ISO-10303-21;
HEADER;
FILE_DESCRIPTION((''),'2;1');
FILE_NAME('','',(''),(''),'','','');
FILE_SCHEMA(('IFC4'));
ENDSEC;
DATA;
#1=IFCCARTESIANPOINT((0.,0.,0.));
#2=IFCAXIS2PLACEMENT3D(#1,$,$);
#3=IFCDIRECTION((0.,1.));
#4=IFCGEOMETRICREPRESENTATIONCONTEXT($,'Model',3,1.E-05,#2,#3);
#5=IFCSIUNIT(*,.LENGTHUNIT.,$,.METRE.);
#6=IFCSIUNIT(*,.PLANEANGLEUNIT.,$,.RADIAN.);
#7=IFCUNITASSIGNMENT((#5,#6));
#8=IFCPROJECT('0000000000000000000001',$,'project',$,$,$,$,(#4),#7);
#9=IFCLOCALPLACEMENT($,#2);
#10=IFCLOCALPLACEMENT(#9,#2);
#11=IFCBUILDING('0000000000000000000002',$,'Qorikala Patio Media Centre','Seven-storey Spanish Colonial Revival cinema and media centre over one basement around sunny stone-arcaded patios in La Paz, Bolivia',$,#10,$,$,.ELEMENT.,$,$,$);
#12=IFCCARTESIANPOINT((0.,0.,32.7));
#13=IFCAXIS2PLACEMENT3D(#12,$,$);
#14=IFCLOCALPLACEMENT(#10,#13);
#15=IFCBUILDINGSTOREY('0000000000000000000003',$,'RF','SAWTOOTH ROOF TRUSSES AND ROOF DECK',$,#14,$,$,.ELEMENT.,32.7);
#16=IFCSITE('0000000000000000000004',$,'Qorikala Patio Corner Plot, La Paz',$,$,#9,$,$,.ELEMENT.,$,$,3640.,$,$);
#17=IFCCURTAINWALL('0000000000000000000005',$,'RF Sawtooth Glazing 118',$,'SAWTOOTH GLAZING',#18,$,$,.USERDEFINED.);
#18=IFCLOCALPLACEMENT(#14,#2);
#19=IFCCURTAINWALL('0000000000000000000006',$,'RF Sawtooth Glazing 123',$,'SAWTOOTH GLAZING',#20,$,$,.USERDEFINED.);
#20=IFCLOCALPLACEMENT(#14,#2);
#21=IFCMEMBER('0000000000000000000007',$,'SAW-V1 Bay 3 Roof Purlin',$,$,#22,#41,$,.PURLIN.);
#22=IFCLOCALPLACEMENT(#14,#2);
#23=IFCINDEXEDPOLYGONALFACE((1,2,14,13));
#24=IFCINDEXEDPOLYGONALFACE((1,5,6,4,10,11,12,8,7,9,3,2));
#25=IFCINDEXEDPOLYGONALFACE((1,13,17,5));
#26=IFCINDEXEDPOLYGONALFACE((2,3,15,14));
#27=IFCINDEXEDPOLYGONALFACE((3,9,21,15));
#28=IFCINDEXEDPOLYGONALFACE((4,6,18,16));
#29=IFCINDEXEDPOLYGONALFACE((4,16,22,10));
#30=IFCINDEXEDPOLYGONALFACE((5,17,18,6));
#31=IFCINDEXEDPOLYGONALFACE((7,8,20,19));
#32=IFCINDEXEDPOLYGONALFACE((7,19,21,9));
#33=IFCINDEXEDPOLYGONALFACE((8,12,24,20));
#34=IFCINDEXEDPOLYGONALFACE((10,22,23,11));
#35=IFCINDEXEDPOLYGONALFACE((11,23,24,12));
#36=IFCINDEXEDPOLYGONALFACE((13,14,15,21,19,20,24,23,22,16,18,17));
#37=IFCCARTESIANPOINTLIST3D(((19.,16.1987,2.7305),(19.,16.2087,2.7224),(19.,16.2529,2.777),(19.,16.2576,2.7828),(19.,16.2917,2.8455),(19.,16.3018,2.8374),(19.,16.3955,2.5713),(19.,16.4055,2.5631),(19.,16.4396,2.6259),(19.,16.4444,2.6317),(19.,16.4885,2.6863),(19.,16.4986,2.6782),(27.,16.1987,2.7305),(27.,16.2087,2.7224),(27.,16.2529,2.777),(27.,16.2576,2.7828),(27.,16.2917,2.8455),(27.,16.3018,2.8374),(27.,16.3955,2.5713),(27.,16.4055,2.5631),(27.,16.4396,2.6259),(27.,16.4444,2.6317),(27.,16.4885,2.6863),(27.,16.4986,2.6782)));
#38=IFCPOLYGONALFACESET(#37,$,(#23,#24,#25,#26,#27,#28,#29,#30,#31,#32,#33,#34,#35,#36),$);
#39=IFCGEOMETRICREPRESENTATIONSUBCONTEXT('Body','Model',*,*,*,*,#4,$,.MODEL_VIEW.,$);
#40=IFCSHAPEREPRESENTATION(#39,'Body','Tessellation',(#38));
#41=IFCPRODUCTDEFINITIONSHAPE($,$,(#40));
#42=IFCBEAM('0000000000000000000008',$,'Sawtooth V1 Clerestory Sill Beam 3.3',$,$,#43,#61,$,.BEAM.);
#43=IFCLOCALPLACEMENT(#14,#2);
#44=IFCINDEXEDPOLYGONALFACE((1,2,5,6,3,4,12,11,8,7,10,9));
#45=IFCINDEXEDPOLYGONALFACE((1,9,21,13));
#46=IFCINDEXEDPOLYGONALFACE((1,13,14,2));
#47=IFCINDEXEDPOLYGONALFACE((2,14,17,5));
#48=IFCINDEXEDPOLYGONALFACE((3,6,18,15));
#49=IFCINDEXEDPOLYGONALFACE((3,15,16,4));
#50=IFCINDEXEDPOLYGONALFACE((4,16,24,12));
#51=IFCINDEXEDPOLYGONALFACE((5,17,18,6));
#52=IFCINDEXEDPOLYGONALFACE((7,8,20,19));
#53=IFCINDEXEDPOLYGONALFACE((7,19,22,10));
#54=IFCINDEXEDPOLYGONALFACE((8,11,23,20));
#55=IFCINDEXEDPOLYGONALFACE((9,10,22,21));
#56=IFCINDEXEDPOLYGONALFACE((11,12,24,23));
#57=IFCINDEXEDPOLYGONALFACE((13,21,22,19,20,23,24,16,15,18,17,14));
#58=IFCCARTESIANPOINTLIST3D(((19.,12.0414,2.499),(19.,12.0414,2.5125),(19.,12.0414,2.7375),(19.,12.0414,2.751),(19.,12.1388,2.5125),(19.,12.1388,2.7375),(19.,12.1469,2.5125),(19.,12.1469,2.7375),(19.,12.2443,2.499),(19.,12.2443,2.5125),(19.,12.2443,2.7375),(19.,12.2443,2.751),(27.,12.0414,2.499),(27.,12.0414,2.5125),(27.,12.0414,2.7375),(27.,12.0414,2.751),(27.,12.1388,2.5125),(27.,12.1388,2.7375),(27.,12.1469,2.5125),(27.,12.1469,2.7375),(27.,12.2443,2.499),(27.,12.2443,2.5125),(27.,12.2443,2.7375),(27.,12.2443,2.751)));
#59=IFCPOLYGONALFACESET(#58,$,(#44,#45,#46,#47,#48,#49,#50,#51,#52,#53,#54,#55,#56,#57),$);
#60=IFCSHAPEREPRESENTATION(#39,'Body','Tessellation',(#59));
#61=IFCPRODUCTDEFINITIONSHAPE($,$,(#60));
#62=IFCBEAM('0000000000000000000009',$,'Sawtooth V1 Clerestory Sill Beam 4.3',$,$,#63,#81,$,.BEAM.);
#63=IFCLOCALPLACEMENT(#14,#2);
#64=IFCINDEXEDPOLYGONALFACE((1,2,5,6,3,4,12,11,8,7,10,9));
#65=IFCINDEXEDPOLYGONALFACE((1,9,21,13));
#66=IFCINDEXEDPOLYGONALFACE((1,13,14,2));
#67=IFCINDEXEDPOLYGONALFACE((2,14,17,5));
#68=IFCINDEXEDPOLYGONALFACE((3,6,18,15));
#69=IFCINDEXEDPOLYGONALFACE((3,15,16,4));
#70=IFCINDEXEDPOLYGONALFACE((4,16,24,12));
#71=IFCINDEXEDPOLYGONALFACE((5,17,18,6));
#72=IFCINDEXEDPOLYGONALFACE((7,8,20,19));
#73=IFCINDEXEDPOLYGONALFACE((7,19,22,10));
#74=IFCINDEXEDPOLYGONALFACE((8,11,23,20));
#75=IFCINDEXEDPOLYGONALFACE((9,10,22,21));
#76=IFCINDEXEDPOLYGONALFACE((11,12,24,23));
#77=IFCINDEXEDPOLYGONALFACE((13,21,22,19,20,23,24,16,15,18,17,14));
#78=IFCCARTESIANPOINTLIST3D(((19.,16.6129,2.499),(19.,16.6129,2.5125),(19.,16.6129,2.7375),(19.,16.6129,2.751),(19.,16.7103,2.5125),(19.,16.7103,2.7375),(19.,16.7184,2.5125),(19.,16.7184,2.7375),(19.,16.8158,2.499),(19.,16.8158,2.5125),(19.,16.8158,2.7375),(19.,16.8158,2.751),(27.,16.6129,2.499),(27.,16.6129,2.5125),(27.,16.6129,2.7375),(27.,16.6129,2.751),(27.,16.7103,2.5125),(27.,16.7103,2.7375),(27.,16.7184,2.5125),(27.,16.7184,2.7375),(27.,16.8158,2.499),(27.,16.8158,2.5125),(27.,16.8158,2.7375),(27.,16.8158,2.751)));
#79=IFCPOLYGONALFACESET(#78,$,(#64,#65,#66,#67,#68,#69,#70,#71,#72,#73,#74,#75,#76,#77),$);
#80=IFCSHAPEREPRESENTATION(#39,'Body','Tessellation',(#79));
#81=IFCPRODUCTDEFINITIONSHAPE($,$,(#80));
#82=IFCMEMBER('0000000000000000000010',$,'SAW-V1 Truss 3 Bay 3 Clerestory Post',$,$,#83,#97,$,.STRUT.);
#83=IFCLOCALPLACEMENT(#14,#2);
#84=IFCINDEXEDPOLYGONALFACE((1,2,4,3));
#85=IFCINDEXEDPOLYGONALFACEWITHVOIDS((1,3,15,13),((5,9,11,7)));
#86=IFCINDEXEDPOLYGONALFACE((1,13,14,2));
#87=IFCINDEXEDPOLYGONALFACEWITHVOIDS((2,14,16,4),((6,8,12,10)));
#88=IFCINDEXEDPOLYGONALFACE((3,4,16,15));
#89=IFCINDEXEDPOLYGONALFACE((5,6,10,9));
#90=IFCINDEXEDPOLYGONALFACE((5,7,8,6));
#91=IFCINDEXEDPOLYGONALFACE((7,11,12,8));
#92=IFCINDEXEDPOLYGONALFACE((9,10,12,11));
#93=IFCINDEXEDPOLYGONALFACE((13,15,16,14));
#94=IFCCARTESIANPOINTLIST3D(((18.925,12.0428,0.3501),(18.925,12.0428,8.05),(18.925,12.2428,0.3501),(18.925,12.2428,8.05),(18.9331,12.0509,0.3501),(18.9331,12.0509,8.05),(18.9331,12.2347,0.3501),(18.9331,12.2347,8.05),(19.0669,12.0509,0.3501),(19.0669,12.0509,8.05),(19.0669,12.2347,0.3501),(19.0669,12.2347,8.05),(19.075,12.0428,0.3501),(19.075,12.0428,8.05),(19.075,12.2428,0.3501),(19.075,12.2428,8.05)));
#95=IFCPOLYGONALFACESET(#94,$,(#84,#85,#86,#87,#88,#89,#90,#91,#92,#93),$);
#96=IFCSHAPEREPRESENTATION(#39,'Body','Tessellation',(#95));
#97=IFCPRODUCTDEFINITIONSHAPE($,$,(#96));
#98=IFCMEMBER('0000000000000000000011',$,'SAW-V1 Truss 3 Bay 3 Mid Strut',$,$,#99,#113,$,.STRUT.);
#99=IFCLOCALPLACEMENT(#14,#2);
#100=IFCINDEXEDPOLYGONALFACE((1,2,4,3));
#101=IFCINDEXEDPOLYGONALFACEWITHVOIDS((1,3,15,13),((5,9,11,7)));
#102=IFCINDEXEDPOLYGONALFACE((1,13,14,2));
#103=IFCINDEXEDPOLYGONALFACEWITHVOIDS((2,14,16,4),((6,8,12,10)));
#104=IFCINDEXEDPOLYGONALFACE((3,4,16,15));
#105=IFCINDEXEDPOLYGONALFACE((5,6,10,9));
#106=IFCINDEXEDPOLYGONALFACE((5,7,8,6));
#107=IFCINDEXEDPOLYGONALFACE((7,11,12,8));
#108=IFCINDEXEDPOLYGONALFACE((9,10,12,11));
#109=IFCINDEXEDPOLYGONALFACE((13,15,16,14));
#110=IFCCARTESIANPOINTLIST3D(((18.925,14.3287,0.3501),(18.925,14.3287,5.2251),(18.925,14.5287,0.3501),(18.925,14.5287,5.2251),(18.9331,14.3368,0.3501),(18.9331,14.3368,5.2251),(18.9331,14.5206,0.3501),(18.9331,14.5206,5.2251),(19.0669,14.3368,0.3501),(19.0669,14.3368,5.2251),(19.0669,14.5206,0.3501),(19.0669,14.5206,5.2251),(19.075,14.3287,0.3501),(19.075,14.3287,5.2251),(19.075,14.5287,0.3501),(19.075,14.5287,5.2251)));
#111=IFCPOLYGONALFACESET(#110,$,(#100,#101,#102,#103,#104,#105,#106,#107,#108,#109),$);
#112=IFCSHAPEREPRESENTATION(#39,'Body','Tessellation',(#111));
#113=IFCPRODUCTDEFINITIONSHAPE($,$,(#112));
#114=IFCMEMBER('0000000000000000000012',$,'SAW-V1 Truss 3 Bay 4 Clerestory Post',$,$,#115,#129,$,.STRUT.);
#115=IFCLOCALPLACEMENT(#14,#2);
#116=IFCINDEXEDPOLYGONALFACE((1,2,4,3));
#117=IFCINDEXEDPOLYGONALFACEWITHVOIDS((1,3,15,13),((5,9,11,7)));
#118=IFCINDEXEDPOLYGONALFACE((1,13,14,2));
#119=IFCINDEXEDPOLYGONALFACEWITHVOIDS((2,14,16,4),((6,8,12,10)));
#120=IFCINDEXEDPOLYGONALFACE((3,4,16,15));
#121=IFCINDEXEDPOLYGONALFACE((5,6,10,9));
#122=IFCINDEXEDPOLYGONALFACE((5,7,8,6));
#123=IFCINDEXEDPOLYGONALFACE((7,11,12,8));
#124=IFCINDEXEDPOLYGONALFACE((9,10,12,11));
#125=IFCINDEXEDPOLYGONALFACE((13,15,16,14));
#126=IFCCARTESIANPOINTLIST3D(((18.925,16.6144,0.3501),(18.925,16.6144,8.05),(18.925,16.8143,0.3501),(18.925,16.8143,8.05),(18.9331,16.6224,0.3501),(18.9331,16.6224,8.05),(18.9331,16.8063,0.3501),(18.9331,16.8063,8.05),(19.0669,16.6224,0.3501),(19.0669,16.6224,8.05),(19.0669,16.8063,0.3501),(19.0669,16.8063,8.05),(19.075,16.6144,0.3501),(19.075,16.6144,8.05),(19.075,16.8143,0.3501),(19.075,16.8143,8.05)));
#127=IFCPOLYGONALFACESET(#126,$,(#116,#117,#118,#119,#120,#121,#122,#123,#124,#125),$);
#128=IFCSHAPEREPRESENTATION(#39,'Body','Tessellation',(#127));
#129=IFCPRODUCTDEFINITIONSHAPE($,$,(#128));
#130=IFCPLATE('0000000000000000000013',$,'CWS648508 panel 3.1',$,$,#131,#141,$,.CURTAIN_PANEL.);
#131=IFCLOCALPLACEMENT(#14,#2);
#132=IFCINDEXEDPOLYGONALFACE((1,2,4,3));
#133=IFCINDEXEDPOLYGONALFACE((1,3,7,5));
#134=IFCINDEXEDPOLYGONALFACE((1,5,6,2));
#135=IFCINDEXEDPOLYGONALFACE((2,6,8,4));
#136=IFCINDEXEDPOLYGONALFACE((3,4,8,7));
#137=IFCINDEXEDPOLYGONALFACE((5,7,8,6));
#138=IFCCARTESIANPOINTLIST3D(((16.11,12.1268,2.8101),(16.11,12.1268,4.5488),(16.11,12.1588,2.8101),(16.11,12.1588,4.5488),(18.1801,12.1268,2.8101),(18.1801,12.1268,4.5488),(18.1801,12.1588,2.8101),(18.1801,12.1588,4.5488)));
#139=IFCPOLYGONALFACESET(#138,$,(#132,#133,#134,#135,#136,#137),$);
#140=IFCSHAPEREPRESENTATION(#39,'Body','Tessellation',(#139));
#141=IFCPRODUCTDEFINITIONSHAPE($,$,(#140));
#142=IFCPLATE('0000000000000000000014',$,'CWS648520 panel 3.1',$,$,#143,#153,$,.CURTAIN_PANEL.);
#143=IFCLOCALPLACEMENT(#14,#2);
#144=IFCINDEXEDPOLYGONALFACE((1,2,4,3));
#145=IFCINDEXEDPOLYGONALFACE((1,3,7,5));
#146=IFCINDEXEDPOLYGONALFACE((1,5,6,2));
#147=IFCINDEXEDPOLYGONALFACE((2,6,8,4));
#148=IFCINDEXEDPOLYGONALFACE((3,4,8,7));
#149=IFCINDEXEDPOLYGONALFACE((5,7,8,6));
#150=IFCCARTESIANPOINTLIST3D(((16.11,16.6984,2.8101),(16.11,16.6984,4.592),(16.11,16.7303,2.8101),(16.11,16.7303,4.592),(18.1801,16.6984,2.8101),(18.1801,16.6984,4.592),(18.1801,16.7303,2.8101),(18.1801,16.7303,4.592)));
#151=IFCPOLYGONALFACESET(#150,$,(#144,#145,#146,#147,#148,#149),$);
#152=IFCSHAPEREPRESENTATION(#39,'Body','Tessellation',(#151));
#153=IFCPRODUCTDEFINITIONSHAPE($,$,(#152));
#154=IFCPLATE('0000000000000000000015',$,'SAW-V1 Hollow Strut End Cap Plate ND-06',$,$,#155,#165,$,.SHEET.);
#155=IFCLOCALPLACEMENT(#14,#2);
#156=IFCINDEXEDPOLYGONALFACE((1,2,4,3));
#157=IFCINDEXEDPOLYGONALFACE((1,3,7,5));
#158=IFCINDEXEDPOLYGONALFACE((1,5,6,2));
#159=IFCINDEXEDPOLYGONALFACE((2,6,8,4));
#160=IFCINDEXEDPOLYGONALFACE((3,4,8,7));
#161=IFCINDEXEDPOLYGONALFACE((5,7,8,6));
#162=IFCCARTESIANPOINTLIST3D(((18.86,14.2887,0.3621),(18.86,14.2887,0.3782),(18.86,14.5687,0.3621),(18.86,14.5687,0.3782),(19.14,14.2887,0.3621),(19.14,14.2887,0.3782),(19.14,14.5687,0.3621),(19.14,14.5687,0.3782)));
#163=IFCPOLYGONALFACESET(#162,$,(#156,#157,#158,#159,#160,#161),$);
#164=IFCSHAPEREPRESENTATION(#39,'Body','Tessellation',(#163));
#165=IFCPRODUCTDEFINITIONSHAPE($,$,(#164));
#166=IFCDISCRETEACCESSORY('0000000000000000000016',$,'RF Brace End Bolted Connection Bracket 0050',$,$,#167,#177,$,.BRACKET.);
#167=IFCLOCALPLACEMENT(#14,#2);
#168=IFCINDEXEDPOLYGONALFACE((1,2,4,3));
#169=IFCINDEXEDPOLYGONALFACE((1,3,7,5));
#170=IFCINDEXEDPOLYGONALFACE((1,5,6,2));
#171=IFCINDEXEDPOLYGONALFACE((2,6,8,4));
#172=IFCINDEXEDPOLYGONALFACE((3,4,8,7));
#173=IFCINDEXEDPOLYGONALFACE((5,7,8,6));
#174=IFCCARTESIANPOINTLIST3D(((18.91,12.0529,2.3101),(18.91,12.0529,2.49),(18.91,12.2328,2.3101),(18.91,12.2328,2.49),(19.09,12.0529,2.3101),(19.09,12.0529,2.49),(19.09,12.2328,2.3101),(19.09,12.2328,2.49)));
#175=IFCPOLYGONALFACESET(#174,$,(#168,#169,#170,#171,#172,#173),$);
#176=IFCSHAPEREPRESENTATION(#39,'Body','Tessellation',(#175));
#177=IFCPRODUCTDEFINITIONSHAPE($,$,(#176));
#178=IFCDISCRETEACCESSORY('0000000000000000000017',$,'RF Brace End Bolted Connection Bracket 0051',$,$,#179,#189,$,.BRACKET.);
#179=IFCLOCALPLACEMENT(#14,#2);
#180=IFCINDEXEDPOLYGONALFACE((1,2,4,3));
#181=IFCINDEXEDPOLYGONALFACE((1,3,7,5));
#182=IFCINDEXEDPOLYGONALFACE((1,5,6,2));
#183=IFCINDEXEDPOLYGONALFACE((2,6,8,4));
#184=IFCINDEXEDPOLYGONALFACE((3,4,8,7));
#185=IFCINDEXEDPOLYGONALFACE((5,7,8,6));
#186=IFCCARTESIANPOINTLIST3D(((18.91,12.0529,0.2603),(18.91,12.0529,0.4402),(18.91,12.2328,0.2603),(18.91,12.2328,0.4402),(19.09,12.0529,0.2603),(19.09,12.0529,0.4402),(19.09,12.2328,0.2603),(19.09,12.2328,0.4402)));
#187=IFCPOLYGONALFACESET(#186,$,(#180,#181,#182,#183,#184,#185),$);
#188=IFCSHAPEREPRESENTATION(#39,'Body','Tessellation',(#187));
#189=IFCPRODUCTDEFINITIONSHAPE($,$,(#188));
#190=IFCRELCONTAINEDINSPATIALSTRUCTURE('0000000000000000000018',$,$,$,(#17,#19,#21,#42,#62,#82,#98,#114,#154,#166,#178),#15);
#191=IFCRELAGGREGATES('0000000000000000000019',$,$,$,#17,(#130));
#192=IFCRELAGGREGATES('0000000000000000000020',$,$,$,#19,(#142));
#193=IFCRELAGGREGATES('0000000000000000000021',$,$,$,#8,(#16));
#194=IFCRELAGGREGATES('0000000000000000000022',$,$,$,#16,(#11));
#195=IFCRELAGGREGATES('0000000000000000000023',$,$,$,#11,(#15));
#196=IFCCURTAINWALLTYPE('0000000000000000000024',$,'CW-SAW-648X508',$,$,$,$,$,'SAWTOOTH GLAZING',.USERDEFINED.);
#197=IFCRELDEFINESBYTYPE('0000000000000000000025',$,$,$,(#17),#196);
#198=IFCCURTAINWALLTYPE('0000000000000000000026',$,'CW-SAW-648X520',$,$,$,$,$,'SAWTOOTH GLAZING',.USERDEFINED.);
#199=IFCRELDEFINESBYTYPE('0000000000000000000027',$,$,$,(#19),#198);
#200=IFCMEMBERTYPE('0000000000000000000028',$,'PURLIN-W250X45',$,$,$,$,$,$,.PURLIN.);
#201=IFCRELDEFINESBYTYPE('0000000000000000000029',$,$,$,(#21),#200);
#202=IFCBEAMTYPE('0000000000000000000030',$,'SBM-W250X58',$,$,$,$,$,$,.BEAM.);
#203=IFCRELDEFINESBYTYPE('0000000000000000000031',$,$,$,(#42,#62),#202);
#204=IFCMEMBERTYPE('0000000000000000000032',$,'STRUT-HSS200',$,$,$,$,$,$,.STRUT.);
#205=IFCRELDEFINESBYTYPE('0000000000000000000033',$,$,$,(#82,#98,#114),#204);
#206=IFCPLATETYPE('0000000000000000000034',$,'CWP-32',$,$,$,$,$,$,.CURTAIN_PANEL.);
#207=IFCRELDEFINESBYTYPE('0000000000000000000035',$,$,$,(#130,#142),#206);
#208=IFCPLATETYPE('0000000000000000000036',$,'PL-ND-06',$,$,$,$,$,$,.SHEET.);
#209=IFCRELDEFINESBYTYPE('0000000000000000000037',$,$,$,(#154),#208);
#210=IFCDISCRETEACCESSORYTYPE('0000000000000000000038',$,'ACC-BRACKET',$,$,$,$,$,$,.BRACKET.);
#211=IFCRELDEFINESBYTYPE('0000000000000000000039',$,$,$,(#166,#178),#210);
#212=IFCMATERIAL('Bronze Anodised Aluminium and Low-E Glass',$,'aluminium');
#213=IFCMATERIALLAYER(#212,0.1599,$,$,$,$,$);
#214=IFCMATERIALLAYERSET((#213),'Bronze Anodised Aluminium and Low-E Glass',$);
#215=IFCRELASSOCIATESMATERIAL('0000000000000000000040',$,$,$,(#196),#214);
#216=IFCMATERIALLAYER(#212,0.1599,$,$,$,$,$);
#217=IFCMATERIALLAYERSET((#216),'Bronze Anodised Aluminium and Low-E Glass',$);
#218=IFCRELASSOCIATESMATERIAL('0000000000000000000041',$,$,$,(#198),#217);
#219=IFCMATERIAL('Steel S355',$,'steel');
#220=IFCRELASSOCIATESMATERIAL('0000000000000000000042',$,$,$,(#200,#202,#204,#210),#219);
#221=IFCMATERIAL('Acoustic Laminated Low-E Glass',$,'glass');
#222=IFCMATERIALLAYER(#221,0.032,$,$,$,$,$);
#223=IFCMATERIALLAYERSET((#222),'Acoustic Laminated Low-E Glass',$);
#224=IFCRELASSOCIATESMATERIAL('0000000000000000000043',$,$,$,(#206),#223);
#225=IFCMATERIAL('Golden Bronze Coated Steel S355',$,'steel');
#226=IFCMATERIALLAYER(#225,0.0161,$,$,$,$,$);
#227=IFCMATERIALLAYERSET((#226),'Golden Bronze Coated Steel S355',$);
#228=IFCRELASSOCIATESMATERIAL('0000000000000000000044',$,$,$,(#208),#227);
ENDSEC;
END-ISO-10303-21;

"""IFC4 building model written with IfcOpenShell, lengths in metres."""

from ifc_helpers import new_model, si_unit, direction, frame, origin, origin_2d, place, context, subcontext, project, spatial, rectangle, hollow_rectangle, i_section, extrude, material, layer, layer_set, material_profile, profile_set, type_object, element, aggregate, save


model = new_model("IFC4")

# Units and contexts
model_context = context("Model", 3, precision=1e-05, world=origin(), true_north=direction((0.0, 1.0)))
body_context = subcontext(model_context, "Body", "Model", "MODEL_VIEW")
ifc_project = project(units=[si_unit("LENGTHUNIT", "METRE"), si_unit("PLANEANGLEUNIT", "RADIAN")], contexts=[model_context])

# Site, building, storey
site_placement = place(None, origin())
site = spatial("IfcSite", under=ifc_project, at=site_placement, Name="Qorikala Patio Corner Plot, La Paz", CompositionType="ELEMENT", RefElevation=3640.0)
building_placement = place(site_placement, origin())
building = spatial("IfcBuilding", under=site, at=building_placement, Name="Qorikala Patio Media Centre", Description="Seven-storey Spanish Colonial Revival cinema and media centre over one basement around sunny stone-arcaded patios in La Paz, Bolivia", CompositionType="ELEMENT")
storey_placement = place(building_placement, frame((0.0, 0.0, 32.7)))
storey = spatial("IfcBuildingStorey", under=building, at=storey_placement, Name="RF", Description="SAWTOOTH ROOF TRUSSES AND ROOF DECK", CompositionType="ELEMENT", Elevation=32.7)

# Shared definitions
ifc_material_1 = material(Name="Steel S355", Category="steel")

# Curtain wall
ifc_material_2 = material(Name="Bronze Anodised Aluminium and Low-E Glass", Category="aluminium")
ifc_layer_1 = layer(ifc_material_2, 0.1599)
ifc_layer_set_1 = layer_set([ifc_layer_1], Name="Bronze Anodised Aluminium and Low-E Glass")
curtain_wall_type_1 = type_object("IfcCurtainWallType", Name="CW-SAW-648X508", ElementType="SAWTOOTH GLAZING", PredefinedType="USERDEFINED", material=ifc_layer_set_1)
curtain_wall_1_placement = place(storey_placement, origin())
curtain_wall_1 = element("IfcCurtainWall", 1, at=curtain_wall_1_placement, inside=storey, type_object=curtain_wall_type_1, Name="RF Sawtooth Glazing 118", ObjectType="SAWTOOTH GLAZING", PredefinedType="USERDEFINED")

# Curtain wall
ifc_layer_2 = layer(ifc_material_2, 0.1599)
ifc_layer_set_2 = layer_set([ifc_layer_2], Name="Bronze Anodised Aluminium and Low-E Glass")
curtain_wall_type_2 = type_object("IfcCurtainWallType", Name="CW-SAW-648X520", ElementType="SAWTOOTH GLAZING", PredefinedType="USERDEFINED", material=ifc_layer_set_2)
curtain_wall_2_placement = place(storey_placement, origin())
curtain_wall_2 = element("IfcCurtainWall", 2, at=curtain_wall_2_placement, inside=storey, type_object=curtain_wall_type_2, Name="RF Sawtooth Glazing 123", ObjectType="SAWTOOTH GLAZING", PredefinedType="USERDEFINED")

# Member
ifc_material_profile_1 = material_profile(ifc_material_1, i_section(OverallWidth=0.1479, OverallDepth=0.2661, WebThickness=0.0076, FlangeThickness=0.0129, at=origin_2d()), Name="W250X45")
ifc_profile_set_1 = profile_set([ifc_material_profile_1], Name="Steel S355")
member_type_1 = type_object("IfcMemberType", Name="PURLIN-W250X45", PredefinedType="PURLIN", material=ifc_profile_set_1)
member_1_placement = place(storey_placement, frame((19.0, 16.3486, 2.7043), z_axis=(1.0, 0.0, 0.0), x_axis=(0.0, 0.628995, 0.77741)))
element("IfcMember", 3, at=member_1_placement, inside=storey, type_object=member_type_1, Name="SAW-V1 Bay 3 Roof Purlin", PredefinedType="PURLIN", context=body_context, shape_type="SweptSolid", body=[
    extrude(i_section(OverallWidth=0.1479, OverallDepth=0.2661, WebThickness=0.0076, FlangeThickness=0.0129, at=origin_2d()), origin(), (0.0, 0.0, 1.0), 8.0),
])

# Beams
ifc_material_profile_2 = material_profile(ifc_material_1, i_section(OverallWidth=0.2029, OverallDepth=0.252, WebThickness=0.0081, FlangeThickness=0.0134, at=origin_2d()), Name="W250X58")
ifc_profile_set_2 = profile_set([ifc_material_profile_2], Name="Steel S355")
beam_type = type_object("IfcBeamType", Name="SBM-W250X58", PredefinedType="BEAM", material=ifc_profile_set_2)
for number, where, z_axis, x_axis, name in (
    (4, (19.0, 12.1428, 2.625), (1.0, 0.0, 0.0), (0.0, 1.0, 0.0), "Sawtooth V1 Clerestory Sill Beam 3.3"),
    (5, (19.0, 16.7144, 2.625), (1.0, 0.0, 0.0), (0.0, 1.0, 0.0), "Sawtooth V1 Clerestory Sill Beam 4.3"),
):
    element("IfcBeam", number, at=place(storey_placement, frame(where, z_axis=z_axis, x_axis=x_axis)), inside=storey, type_object=beam_type, Name=name, PredefinedType="BEAM", context=body_context, shape_type="SweptSolid", body=[
        extrude(i_section(OverallWidth=0.2029, OverallDepth=0.252, WebThickness=0.0081, FlangeThickness=0.0134, at=origin_2d()), origin(), (0.0, 0.0, 1.0), 8.0),
    ])

# Members
ifc_material_profile_3 = material_profile(ifc_material_1, hollow_rectangle(XDim=0.1499, YDim=0.2, WallThickness=0.0081, at=origin_2d()), Name="HSS200X150X8")
ifc_profile_set_3 = profile_set([ifc_material_profile_3], Name="Steel S355")
member_type_2 = type_object("IfcMemberType", Name="STRUT-HSS200", PredefinedType="STRUT", material=ifc_profile_set_3)
member_2_placement = place(storey_placement, frame((19.0, 12.1428, 0.3501), z_axis=(0.0, 0.0, 1.0), x_axis=(1.0, 0.0, 0.0)))
element("IfcMember", 6, at=member_2_placement, inside=storey, type_object=member_type_2, Name="SAW-V1 Truss 3 Bay 3 Clerestory Post", PredefinedType="STRUT", context=body_context, shape_type="SweptSolid", body=[
    extrude(hollow_rectangle(XDim=0.1499, YDim=0.2, WallThickness=0.0081, at=origin_2d()), origin(), (0.0, 0.0, 1.0), 7.7),
])
member_3_placement = place(storey_placement, frame((19.0, 14.4287, 0.3501), z_axis=(0.0, 0.0, 1.0), x_axis=(1.0, 0.0, 0.0)))
element("IfcMember", 7, at=member_3_placement, inside=storey, type_object=member_type_2, Name="SAW-V1 Truss 3 Bay 3 Mid Strut", PredefinedType="STRUT", context=body_context, shape_type="SweptSolid", body=[
    extrude(hollow_rectangle(XDim=0.1499, YDim=0.2, WallThickness=0.0081, at=origin_2d()), origin(), (0.0, 0.0, 1.0), 4.875),
])
member_4_placement = place(storey_placement, frame((19.0, 16.7144, 0.3501), z_axis=(0.0, 0.0, 1.0), x_axis=(1.0, 0.0, 0.0)))
element("IfcMember", 8, at=member_4_placement, inside=storey, type_object=member_type_2, Name="SAW-V1 Truss 3 Bay 4 Clerestory Post", PredefinedType="STRUT", context=body_context, shape_type="SweptSolid", body=[
    extrude(hollow_rectangle(XDim=0.1499, YDim=0.2, WallThickness=0.0081, at=origin_2d()), origin(), (0.0, 0.0, 1.0), 7.7),
])

# Plates
ifc_material_3 = material(Name="Acoustic Laminated Low-E Glass", Category="glass")
ifc_layer_3 = layer(ifc_material_3, 0.032)
ifc_layer_set_3 = layer_set([ifc_layer_3], Name="Acoustic Laminated Low-E Glass")
plate_type_1 = type_object("IfcPlateType", Name="CWP-32", PredefinedType="CURTAIN_PANEL", material=ifc_layer_set_3)
plate_1_placement = place(storey_placement, frame((17.145, 12.1428, 2.8101), z_axis=(0.0, 0.0, 1.0), x_axis=(1.0, 0.0, 0.0)))
plate_1 = element("IfcPlate", 9, at=plate_1_placement, type_object=plate_type_1, Name="CWS648508 panel 3.1", PredefinedType="CURTAIN_PANEL", context=body_context, shape_type="SweptSolid", body=[
    extrude(rectangle(XDim=2.0701, YDim=0.032, at=origin_2d()), origin(), (0.0, 0.0, 1.0), 1.7388),
])
aggregate(curtain_wall_1, [plate_1])
plate_2_placement = place(storey_placement, frame((17.145, 16.7144, 2.8101), z_axis=(0.0, 0.0, 1.0), x_axis=(1.0, 0.0, 0.0)))
plate_2 = element("IfcPlate", 10, at=plate_2_placement, type_object=plate_type_1, Name="CWS648520 panel 3.1", PredefinedType="CURTAIN_PANEL", context=body_context, shape_type="SweptSolid", body=[
    extrude(rectangle(XDim=2.0701, YDim=0.032, at=origin_2d()), origin(), (0.0, 0.0, 1.0), 1.782),
])
aggregate(curtain_wall_2, [plate_2])
ifc_material_4 = material(Name="Golden Bronze Coated Steel S355", Category="steel")
ifc_layer_4 = layer(ifc_material_4, 0.0161)
ifc_layer_set_4 = layer_set([ifc_layer_4], Name="Golden Bronze Coated Steel S355")
plate_type_2 = type_object("IfcPlateType", Name="PL-ND-06", PredefinedType="SHEET", material=ifc_layer_set_4)
plate_3_placement = place(storey_placement, frame((19.0, 14.4287, 0.3621), z_axis=(0.0, 0.0, 1.0), x_axis=(1.0, 0.0, 0.0)))
element("IfcPlate", 11, at=plate_3_placement, inside=storey, type_object=plate_type_2, Name="SAW-V1 Hollow Strut End Cap Plate ND-06", PredefinedType="SHEET", context=body_context, shape_type="SweptSolid", body=[
    extrude(rectangle(XDim=0.28, YDim=0.28, at=origin_2d()), origin(), (0.0, 0.0, 1.0), 0.0161),
])

# Discrete accessories
discrete_accessory_type = type_object("IfcDiscreteAccessoryType", Name="ACC-BRACKET", PredefinedType="BRACKET", material=ifc_material_1)
for number, where, z_axis, x_axis, name in (
    (12, (19.0, 12.1428, 2.3101), (0.0, 0.0, 1.0), (1.0, 0.0, 0.0), "RF Brace End Bolted Connection Bracket 0050"),
    (13, (19.0, 12.1428, 0.2603), (0.0, 0.0, 1.0), (1.0, 0.0, 0.0), "RF Brace End Bolted Connection Bracket 0051"),
):
    element("IfcDiscreteAccessory", number, at=place(storey_placement, frame(where, z_axis=z_axis, x_axis=x_axis)), inside=storey, type_object=discrete_accessory_type, Name=name, PredefinedType="BRACKET", context=body_context, shape_type="SweptSolid", body=[
        extrude(rectangle(XDim=0.1799, YDim=0.1799, at=origin_2d()), origin(), (0.0, 0.0, 1.0), 0.1799),
    ])

save(model, "model.ifc")
